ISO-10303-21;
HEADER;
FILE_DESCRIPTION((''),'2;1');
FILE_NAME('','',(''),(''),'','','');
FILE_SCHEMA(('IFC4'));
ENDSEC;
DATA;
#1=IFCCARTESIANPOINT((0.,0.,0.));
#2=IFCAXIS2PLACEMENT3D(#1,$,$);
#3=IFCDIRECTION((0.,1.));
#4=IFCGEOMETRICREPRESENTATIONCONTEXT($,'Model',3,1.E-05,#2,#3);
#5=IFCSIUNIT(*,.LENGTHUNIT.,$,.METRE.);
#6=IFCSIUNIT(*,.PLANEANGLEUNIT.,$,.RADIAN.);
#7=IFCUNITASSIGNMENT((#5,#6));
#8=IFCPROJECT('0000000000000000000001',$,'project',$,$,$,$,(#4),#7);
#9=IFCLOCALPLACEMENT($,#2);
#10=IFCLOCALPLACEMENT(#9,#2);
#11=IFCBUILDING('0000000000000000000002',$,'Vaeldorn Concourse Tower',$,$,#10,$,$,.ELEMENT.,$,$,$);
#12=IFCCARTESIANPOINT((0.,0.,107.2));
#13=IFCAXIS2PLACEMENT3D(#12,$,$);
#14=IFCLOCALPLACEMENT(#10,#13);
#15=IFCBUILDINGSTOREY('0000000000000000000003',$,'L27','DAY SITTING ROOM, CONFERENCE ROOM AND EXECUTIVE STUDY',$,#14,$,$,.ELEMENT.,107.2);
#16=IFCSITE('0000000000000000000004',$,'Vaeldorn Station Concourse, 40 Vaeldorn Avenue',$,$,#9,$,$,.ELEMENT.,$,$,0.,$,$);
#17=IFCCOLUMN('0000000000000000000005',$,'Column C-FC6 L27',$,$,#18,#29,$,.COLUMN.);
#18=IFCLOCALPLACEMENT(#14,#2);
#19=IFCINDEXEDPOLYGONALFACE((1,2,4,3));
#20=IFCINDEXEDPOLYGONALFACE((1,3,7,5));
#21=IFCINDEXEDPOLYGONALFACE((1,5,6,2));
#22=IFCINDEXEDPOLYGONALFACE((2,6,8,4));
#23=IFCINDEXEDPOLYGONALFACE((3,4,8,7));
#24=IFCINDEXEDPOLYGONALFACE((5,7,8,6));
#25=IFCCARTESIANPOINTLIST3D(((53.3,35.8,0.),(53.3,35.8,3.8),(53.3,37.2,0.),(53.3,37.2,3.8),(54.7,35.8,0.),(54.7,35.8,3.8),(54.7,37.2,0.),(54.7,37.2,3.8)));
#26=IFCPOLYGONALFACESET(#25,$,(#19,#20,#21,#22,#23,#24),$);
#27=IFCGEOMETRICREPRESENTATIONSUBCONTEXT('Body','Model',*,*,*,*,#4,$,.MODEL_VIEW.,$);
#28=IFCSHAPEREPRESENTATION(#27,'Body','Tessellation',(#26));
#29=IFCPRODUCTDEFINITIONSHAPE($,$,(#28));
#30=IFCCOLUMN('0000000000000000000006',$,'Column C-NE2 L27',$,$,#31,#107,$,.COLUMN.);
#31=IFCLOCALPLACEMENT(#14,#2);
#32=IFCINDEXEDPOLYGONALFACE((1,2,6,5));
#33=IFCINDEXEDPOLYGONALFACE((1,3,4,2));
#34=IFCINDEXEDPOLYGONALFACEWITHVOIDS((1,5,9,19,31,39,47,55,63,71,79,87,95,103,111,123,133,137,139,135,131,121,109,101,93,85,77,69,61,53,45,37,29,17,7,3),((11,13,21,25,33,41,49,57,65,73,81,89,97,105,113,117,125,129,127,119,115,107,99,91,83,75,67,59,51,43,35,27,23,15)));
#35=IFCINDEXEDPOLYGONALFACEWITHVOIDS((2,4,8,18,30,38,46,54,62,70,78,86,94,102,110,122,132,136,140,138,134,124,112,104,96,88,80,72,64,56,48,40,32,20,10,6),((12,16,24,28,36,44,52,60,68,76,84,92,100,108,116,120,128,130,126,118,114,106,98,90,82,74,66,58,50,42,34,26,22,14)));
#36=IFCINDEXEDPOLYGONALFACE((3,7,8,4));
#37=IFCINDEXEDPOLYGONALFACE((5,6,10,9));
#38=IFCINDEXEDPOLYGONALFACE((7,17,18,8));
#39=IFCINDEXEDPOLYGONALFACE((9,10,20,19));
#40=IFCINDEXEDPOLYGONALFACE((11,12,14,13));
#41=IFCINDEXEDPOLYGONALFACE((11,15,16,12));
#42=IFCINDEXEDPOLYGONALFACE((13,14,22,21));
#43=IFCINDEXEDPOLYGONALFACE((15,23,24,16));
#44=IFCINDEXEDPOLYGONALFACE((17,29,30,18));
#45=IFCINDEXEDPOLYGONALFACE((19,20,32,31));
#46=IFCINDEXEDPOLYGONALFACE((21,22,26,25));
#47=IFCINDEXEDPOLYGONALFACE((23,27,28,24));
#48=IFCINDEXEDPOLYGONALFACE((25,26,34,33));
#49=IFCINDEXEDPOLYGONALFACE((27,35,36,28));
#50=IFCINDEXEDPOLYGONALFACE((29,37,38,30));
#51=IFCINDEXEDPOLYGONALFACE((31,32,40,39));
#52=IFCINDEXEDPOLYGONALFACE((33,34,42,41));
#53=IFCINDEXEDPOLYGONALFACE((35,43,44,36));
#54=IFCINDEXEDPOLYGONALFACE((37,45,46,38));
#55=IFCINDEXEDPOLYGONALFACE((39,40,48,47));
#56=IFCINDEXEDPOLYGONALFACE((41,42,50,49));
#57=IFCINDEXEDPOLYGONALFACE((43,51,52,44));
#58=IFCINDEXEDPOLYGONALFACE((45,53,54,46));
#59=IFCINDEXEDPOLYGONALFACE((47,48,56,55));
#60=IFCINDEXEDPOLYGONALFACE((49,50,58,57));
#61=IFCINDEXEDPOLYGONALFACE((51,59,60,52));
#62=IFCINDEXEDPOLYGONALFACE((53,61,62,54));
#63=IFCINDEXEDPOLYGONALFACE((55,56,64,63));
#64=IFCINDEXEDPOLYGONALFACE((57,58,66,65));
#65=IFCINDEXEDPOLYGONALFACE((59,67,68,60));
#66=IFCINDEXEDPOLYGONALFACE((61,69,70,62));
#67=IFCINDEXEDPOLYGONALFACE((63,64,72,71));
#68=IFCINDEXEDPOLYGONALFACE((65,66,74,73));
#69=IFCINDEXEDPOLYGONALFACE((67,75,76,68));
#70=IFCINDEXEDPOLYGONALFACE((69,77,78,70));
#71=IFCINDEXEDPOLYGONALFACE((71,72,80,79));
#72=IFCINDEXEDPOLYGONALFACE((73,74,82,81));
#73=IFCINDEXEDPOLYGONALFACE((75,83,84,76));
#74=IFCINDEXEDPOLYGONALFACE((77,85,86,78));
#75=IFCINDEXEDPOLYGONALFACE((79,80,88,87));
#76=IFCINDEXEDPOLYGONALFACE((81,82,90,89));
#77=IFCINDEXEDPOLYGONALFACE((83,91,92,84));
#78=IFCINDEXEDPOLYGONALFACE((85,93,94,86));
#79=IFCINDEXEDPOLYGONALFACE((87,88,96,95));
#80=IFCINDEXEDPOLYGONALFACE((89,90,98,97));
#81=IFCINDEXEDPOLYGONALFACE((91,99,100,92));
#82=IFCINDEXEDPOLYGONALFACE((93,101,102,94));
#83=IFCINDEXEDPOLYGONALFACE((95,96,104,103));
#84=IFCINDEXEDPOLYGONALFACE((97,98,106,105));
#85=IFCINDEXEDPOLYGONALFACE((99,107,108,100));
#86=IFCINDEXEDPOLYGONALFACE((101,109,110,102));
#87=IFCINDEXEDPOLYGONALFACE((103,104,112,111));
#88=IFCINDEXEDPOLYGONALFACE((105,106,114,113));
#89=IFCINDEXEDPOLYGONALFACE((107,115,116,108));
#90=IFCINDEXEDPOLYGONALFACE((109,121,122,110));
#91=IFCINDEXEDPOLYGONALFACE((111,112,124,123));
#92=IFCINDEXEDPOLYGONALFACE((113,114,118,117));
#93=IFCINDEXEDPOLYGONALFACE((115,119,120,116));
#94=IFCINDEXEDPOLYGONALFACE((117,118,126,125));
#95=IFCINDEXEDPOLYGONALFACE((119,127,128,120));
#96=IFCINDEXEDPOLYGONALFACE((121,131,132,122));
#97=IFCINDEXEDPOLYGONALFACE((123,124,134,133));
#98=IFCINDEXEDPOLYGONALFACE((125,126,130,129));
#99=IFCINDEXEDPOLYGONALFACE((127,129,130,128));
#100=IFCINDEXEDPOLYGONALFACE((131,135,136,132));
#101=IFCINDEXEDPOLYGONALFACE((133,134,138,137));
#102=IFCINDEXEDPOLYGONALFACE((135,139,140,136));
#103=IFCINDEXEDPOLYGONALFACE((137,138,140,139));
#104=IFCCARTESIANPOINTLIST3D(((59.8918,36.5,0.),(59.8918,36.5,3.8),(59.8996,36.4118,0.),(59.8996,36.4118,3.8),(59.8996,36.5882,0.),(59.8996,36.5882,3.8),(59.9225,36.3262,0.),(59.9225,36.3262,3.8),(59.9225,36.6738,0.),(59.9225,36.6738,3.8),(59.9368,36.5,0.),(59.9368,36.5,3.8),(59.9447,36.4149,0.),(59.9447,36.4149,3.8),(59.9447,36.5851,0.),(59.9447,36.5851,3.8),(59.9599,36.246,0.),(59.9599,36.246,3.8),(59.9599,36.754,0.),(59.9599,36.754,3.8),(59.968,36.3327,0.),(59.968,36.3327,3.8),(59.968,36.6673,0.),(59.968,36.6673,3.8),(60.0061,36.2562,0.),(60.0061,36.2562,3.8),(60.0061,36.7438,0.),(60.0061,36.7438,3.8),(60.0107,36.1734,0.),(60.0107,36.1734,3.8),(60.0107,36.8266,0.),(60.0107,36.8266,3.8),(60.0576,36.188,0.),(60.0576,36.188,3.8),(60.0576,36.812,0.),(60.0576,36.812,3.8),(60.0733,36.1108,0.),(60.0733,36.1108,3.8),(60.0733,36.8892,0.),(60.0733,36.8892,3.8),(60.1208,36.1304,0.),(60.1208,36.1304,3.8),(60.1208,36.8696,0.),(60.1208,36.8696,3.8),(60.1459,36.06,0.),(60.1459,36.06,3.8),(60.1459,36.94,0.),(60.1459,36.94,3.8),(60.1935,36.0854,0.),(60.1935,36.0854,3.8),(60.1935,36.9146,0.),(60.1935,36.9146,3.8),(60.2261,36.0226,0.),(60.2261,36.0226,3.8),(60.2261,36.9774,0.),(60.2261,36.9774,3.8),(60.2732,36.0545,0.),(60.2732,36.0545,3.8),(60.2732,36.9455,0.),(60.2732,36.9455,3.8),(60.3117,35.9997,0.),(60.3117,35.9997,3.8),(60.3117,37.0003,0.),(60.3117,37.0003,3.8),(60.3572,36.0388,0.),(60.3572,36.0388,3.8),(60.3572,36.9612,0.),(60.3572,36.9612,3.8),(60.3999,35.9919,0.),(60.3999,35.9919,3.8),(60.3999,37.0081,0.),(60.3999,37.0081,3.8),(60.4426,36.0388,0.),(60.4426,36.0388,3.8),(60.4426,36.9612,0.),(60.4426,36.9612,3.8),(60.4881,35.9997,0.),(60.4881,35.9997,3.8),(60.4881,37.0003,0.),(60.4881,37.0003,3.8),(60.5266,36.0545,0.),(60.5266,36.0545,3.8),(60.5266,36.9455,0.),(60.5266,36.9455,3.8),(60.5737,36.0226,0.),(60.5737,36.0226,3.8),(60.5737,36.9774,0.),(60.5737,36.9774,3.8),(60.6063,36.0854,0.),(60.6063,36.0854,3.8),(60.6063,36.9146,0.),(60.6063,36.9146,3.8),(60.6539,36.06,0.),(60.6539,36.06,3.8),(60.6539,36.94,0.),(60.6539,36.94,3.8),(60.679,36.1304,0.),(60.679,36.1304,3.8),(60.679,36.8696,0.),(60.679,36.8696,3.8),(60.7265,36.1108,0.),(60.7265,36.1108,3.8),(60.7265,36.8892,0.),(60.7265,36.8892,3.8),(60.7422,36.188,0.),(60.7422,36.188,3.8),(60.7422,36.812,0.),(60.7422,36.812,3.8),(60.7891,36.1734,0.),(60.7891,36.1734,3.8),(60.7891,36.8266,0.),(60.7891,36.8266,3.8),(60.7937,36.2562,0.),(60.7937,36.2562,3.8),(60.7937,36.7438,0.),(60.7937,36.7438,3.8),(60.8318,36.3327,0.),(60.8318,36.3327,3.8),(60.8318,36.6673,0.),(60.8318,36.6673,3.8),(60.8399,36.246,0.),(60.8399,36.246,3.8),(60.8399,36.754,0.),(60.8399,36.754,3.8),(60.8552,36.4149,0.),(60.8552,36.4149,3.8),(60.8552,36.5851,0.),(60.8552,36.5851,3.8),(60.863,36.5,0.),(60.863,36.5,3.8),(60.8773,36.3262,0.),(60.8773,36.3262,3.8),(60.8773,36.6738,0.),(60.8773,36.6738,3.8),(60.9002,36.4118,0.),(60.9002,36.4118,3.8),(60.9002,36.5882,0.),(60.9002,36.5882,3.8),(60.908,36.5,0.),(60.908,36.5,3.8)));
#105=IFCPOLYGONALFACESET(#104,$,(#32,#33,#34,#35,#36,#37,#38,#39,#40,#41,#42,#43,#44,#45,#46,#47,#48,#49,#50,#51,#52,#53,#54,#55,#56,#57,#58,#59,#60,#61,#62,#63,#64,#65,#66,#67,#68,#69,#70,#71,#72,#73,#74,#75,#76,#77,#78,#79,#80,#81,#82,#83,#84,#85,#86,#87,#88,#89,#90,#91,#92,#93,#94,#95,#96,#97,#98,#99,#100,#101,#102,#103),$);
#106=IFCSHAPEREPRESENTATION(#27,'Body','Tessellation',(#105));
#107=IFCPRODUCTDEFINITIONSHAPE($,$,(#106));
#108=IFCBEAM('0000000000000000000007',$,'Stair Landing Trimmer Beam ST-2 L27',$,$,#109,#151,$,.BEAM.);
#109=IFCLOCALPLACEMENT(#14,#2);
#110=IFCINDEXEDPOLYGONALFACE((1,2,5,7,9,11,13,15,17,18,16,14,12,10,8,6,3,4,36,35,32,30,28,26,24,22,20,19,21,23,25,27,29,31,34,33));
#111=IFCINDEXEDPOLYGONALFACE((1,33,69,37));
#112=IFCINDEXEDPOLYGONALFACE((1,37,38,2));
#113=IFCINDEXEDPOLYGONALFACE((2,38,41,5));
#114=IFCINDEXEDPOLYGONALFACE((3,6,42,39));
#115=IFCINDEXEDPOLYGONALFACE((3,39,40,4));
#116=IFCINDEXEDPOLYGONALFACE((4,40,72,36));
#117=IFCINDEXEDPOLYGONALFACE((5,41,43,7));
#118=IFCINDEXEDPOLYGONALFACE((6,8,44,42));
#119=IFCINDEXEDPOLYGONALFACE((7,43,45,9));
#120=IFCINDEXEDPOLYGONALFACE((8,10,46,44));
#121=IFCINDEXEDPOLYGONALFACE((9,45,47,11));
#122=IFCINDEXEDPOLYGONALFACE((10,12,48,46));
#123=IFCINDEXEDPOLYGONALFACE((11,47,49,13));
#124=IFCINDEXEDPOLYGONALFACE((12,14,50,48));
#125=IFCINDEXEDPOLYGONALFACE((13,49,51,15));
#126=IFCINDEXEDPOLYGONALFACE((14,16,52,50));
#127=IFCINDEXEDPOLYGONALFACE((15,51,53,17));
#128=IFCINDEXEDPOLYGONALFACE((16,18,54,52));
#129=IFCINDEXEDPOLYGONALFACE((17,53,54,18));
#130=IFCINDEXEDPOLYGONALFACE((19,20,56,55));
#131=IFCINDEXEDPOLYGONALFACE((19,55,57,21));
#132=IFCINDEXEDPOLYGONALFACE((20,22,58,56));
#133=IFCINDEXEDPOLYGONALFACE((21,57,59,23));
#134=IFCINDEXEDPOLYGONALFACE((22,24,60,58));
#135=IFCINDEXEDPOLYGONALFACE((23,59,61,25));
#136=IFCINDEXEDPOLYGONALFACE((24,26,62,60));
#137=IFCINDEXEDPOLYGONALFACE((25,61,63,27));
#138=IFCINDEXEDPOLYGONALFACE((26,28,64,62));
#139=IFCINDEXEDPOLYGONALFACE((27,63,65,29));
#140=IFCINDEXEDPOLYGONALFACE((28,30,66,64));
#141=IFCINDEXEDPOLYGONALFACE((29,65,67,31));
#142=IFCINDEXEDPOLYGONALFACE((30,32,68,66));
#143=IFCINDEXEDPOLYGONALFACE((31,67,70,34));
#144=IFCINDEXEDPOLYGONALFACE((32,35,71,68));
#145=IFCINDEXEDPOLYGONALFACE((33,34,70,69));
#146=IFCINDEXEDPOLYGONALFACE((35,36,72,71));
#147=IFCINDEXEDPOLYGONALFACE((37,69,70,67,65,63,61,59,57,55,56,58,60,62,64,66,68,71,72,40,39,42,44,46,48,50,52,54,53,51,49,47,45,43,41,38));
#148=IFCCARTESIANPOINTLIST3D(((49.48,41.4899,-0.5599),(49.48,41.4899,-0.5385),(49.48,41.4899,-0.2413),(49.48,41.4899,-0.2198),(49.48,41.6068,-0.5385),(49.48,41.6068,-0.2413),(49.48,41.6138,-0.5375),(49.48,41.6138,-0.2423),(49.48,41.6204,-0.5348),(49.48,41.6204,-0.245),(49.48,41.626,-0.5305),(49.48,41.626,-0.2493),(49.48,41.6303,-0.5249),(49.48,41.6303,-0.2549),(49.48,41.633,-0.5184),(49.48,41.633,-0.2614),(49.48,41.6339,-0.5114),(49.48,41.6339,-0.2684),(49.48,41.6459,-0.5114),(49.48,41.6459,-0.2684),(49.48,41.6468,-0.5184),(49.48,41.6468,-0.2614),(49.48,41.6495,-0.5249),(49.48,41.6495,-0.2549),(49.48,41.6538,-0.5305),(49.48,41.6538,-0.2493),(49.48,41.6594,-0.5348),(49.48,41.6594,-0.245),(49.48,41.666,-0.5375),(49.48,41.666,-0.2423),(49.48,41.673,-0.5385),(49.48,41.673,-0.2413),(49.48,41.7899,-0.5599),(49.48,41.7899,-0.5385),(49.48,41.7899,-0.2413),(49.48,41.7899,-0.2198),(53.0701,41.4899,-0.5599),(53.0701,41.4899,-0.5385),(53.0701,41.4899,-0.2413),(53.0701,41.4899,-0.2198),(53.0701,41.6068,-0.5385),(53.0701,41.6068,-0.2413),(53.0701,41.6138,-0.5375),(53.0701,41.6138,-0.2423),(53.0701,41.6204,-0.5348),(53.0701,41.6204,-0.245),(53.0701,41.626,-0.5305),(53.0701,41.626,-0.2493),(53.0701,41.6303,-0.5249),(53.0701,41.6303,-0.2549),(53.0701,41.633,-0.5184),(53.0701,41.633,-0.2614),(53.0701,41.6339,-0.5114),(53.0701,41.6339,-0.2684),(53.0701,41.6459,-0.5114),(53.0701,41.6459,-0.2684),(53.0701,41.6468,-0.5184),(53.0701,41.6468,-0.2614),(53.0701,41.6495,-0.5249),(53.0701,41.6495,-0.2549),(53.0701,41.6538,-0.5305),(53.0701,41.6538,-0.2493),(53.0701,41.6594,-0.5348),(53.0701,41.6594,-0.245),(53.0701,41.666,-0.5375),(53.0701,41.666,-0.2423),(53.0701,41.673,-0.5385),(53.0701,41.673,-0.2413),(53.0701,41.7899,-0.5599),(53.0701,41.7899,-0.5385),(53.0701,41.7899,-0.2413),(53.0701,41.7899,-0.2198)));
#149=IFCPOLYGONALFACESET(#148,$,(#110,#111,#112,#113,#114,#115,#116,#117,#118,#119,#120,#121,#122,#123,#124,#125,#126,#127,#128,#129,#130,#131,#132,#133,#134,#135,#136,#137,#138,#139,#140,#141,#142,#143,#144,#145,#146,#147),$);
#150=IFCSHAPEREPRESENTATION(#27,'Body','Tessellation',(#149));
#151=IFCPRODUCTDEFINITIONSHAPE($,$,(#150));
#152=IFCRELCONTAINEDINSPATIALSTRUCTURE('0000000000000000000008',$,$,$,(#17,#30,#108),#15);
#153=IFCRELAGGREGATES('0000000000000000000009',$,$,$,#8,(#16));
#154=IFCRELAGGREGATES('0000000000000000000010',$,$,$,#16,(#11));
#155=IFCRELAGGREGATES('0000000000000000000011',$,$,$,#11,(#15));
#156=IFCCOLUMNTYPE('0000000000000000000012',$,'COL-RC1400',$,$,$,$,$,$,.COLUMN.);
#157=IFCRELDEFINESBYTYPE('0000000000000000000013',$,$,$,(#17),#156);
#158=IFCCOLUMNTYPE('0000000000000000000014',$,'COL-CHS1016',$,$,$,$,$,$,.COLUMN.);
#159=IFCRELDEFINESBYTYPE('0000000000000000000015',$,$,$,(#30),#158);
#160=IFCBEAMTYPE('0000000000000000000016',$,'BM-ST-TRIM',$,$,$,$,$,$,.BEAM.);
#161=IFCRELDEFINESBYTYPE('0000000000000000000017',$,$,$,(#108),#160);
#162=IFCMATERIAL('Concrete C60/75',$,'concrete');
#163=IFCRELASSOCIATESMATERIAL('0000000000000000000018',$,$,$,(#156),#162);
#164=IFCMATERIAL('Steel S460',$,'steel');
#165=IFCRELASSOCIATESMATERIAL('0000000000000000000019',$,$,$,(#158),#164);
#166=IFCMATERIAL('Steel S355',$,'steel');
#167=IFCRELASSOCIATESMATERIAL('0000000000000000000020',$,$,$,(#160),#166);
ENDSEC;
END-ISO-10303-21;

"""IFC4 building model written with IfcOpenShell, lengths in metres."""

from ifc_helpers import new_model, si_unit, direction, frame, origin, origin_2d, place, context, subcontext, project, spatial, rectangle, hollow_circle, i_section, extrude, source, transform, mapped, material, material_profile, profile_set, type_object, element, save


model = new_model("IFC4")

# Units and contexts
model_context = context("Model", 3, precision=1e-05, world=origin(), true_north=direction((0.0, 1.0)))
body_context = subcontext(model_context, "Body", "Model", "MODEL_VIEW")
ifc_project = project(units=[si_unit("LENGTHUNIT", "METRE"), si_unit("PLANEANGLEUNIT", "RADIAN")], contexts=[model_context])

# Site, building, storey
site_placement = place(None, origin())
site = spatial("IfcSite", under=ifc_project, at=site_placement, Name="Vaeldorn Station Concourse, 40 Vaeldorn Avenue", CompositionType="ELEMENT", RefElevation=0.0)
building_placement = place(site_placement, origin())
building = spatial("IfcBuilding", under=site, at=building_placement, Name="Vaeldorn Concourse Tower", CompositionType="ELEMENT")
storey_placement = place(building_placement, frame((0.0, 0.0, 107.2)))
storey = spatial("IfcBuildingStorey", under=building, at=storey_placement, Name="L27", Description="DAY SITTING ROOM, CONFERENCE ROOM AND EXECUTIVE STUDY", CompositionType="ELEMENT", Elevation=107.2)

# Columns
ifc_material_1 = material(Name="Concrete C60/75", Category="concrete")
ifc_material_profile_1 = material_profile(ifc_material_1, rectangle(XDim=1.3999, YDim=1.3999, at=origin_2d()), Name="RC 1400x1400")
ifc_profile_set_1 = profile_set([ifc_material_profile_1], Name="Concrete C60/75")
column_type_1 = type_object("IfcColumnType", Name="COL-RC1400", PredefinedType="COLUMN", material=ifc_profile_set_1)
shared_shape_1 = source(origin(), body_context, "Body", "SweptSolid", [
    extrude(rectangle(XDim=1.3999, YDim=1.3999, at=origin_2d()), origin(), (0.0, 0.0, 1.0), 3.8),
])
column_1_placement = place(storey_placement, frame((54.0, 36.5, 0.0), z_axis=(0.0, 0.0, 1.0), x_axis=(1.0, 0.0, 0.0)))
element("IfcColumn", 1, at=column_1_placement, inside=storey, type_object=column_type_1, Name="Column C-FC6 L27", PredefinedType="COLUMN", context=body_context, shape_type="MappedRepresentation", body=[
    mapped(shared_shape_1, transform((0.0, 0.0, 0.0), scale=1.0)),
])
ifc_material_2 = material(Name="Steel S460", Category="steel")
ifc_material_profile_2 = material_profile(ifc_material_2, hollow_circle(Radius=0.5081, WallThickness=0.0449, at=origin_2d()), Name="CHS 1016x45")
ifc_profile_set_2 = profile_set([ifc_material_profile_2], Name="Steel S460")
column_type_2 = type_object("IfcColumnType", Name="COL-CHS1016", PredefinedType="COLUMN", material=ifc_profile_set_2)
shared_shape_2 = source(origin(), body_context, "Body", "SweptSolid", [
    extrude(hollow_circle(Radius=0.5081, WallThickness=0.0449, at=origin_2d()), origin(), (0.0, 0.0, 1.0), 3.8),
])
column_2_placement = place(storey_placement, frame((60.3999, 36.5, 0.0), z_axis=(0.0, 0.0, 1.0), x_axis=(1.0, 0.0, 0.0)))
element("IfcColumn", 2, at=column_2_placement, inside=storey, type_object=column_type_2, Name="Column C-NE2 L27", PredefinedType="COLUMN", context=body_context, shape_type="MappedRepresentation", body=[
    mapped(shared_shape_2, transform((0.0, 0.0, 0.0), scale=1.0)),
])

# Beam
ifc_material_3 = material(Name="Steel S355", Category="steel")
ifc_material_profile_3 = material_profile(ifc_material_3, i_section(OverallWidth=0.3, OverallDepth=0.3401, WebThickness=0.012, FlangeThickness=0.0215, FilletRadius=0.0271, at=origin_2d()), Name="HEB 340")
ifc_profile_set_3 = profile_set([ifc_material_profile_3], Name="Steel S355")
beam_type_1 = type_object("IfcBeamType", Name="BM-ST-TRIM", PredefinedType="BEAM", material=ifc_profile_set_3)
shared_shape_3 = source(origin(), body_context, "Body", "SweptSolid", [
    extrude(i_section(OverallWidth=0.3, OverallDepth=0.3401, WebThickness=0.012, FlangeThickness=0.0215, FilletRadius=0.0271, at=origin_2d()), origin(), (0.0, 0.0, 1.0), 3.5901),
])
beam_1_placement = place(storey_placement, frame((49.48, 41.6399, -0.3899), z_axis=(1.0, 0.0, 0.0), x_axis=(0.0, 1.0, 0.0)))
element("IfcBeam", 3, at=beam_1_placement, inside=storey, type_object=beam_type_1, Name="Stair Landing Trimmer Beam ST-2 L27", PredefinedType="BEAM", context=body_context, shape_type="MappedRepresentation", body=[
    mapped(shared_shape_3, transform((0.0, 0.0, 0.0), scale=1.0)),
])

save(model, "model.ifc")
